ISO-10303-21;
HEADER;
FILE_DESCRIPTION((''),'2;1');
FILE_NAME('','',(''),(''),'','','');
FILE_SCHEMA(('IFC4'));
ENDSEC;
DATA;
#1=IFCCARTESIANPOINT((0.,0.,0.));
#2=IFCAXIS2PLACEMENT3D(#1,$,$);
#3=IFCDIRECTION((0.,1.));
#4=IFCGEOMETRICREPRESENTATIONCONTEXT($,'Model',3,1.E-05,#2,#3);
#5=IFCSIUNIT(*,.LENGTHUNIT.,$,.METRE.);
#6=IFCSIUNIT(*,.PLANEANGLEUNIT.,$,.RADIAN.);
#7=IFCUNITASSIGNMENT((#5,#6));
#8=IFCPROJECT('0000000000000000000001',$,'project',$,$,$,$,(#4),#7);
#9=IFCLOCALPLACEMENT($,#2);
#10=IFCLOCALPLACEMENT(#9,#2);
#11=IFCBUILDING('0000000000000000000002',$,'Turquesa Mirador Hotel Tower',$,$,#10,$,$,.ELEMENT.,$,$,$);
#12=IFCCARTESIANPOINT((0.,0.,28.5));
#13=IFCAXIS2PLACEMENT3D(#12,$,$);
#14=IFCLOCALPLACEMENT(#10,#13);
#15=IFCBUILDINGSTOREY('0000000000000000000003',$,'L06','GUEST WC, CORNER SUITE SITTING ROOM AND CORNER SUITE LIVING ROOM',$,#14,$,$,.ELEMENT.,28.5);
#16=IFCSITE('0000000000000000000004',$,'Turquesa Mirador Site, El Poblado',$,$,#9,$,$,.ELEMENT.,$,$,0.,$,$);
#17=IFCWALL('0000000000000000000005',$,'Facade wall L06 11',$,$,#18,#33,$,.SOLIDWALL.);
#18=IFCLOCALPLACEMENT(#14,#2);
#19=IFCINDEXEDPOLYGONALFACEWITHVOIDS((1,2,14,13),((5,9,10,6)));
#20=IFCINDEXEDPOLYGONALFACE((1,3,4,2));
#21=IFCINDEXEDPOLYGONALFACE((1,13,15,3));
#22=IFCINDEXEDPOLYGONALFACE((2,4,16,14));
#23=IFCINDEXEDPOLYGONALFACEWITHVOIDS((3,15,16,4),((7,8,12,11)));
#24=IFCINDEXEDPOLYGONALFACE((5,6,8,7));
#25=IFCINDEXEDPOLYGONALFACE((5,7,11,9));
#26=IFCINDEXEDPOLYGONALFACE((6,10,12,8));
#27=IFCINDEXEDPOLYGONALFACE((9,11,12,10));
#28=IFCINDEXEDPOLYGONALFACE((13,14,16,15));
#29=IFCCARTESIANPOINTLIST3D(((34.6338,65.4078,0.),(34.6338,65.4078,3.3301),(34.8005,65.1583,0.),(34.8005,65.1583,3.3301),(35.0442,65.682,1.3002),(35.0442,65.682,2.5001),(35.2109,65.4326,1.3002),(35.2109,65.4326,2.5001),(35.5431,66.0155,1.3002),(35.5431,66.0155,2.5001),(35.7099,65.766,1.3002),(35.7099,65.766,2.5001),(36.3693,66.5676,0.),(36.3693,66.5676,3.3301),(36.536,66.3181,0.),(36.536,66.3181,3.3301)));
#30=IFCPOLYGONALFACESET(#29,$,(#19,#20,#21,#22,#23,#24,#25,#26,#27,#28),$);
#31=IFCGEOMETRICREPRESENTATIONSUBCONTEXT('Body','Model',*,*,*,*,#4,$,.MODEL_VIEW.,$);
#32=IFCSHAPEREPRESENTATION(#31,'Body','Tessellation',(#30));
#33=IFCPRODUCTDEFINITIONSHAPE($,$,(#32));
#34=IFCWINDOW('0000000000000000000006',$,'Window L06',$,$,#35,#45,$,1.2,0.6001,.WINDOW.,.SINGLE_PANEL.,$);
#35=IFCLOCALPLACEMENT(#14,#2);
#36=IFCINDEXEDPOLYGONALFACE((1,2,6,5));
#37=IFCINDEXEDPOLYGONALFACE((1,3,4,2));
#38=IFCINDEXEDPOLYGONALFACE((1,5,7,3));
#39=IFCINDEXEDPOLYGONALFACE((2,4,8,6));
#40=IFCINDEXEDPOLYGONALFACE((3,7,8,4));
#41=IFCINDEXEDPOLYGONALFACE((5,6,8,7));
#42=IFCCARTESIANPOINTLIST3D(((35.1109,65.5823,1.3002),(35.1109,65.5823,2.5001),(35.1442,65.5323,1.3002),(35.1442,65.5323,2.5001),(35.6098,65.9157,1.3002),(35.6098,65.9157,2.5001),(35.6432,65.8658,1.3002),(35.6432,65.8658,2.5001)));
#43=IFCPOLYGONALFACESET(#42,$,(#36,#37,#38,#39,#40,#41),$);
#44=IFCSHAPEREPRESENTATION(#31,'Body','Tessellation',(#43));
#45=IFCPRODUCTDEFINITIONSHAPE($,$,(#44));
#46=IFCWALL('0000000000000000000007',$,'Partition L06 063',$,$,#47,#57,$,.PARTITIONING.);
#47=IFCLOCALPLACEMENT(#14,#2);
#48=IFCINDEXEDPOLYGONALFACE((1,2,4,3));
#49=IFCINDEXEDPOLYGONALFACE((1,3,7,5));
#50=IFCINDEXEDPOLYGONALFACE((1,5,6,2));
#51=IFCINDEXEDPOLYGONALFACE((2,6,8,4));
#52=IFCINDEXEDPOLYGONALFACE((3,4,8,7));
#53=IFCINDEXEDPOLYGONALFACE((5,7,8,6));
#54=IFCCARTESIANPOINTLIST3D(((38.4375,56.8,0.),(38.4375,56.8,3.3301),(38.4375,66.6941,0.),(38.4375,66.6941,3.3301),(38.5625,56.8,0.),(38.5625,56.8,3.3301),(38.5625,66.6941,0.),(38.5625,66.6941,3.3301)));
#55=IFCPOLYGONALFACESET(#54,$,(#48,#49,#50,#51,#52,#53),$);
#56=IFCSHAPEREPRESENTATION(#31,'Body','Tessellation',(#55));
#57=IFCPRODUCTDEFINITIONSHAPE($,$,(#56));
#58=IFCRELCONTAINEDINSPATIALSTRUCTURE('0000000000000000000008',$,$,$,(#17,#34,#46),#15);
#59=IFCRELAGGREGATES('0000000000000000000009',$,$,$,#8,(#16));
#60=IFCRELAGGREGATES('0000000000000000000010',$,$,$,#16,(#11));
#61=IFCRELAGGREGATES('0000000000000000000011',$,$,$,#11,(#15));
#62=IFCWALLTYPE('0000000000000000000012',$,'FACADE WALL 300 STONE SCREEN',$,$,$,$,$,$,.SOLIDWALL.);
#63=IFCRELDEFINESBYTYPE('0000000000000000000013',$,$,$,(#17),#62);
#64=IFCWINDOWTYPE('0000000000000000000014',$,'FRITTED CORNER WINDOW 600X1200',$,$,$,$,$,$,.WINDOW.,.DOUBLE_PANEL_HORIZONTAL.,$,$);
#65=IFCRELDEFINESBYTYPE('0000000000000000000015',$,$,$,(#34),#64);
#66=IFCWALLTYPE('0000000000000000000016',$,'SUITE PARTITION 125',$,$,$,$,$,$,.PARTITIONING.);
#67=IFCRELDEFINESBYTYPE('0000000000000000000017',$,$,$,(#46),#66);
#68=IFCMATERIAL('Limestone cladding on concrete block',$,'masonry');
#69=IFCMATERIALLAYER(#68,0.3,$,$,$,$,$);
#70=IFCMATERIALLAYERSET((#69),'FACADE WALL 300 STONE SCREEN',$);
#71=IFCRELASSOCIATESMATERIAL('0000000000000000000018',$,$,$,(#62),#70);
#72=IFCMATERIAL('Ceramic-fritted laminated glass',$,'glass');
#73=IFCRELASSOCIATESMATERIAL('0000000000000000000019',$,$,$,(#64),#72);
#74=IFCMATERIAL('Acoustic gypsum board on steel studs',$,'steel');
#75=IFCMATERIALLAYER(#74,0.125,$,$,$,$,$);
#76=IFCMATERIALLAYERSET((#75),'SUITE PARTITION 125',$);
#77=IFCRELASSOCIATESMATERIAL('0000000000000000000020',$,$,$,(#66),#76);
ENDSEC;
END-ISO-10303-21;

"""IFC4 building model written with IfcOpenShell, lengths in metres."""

from ifc_helpers import new_model, si_unit, direction, frame, frame_2d, origin, place, context, subcontext, project, spatial, rectangle, extrude, material, layer, layer_set, type_object, element, fill, save


model = new_model("IFC4")

# Units and contexts
model_context = context("Model", 3, precision=1e-05, world=origin(), true_north=direction((0.0, 1.0)))
body_context = subcontext(model_context, "Body", "Model", "MODEL_VIEW")
ifc_project = project(units=[si_unit("LENGTHUNIT", "METRE"), si_unit("PLANEANGLEUNIT", "RADIAN")], contexts=[model_context])

# Site, building, storey
site_placement = place(None, origin())
site = spatial("IfcSite", under=ifc_project, at=site_placement, Name="Turquesa Mirador Site, El Poblado", CompositionType="ELEMENT", RefElevation=0.0)
building_placement = place(site_placement, origin())
building = spatial("IfcBuilding", under=site, at=building_placement, Name="Turquesa Mirador Hotel Tower", CompositionType="ELEMENT")
storey_placement = place(building_placement, frame((0.0, 0.0, 28.5)))
storey = spatial("IfcBuildingStorey", under=building, at=storey_placement, Name="L06", Description="GUEST WC, CORNER SUITE SITTING ROOM AND CORNER SUITE LIVING ROOM", CompositionType="ELEMENT", Elevation=28.5)

# Wall, opening, window
ifc_material_1 = material(Name="Limestone cladding on concrete block", Category="masonry")
ifc_layer_1 = layer(ifc_material_1, 0.3)
ifc_layer_set_1 = layer_set([ifc_layer_1], Name="FACADE WALL 300 STONE SCREEN")
wall_type_1 = type_object("IfcWallType", Name="FACADE WALL 300 STONE SCREEN", PredefinedType="SOLIDWALL", material=ifc_layer_set_1)
wall_1_placement = place(storey_placement, frame((36.4526, 66.4429, 0.0), z_axis=(0.0, 0.0, 1.0), x_axis=(-0.83142, -0.555644, 0.0)))
wall_1 = element("IfcWall", 1, at=wall_1_placement, inside=storey, type_object=wall_type_1, Name="Facade wall L06 11", PredefinedType="SOLIDWALL", context=body_context, shape_type="SweptSolid", body=[
    extrude(rectangle(XDim=2.0874, YDim=0.3, at=frame_2d((1.0437, 0.0))), origin(), (0.0, 0.0, 1.0), 3.3301),
])
opening_1_placement = place(wall_1_placement, frame((0.9937, 0.0, 1.3)))
opening_1 = element("IfcOpeningElement", 2, at=opening_1_placement, cuts=wall_1, PredefinedType="OPENING", context=body_context, shape_type="SweptSolid", body=[
    extrude(rectangle(XDim=0.6001, YDim=1.2, at=frame_2d((0.3, 0.6001))), frame((0.0, 0.1599, 0.0), z_axis=(0.0, -1.0, 0.0), x_axis=(1.0, 0.0, 0.0)), (0.0, 0.0, 1.0), 0.3201),
])
ifc_material_2 = material(Name="Ceramic-fritted laminated glass", Category="glass")
window_type_1 = type_object("IfcWindowType", Name="FRITTED CORNER WINDOW 600X1200", PartitioningType="DOUBLE_PANEL_HORIZONTAL", PredefinedType="WINDOW", material=ifc_material_2)
window_1_placement = place(opening_1_placement, origin())
window_1 = element("IfcWindow", 3, at=window_1_placement, inside=storey, type_object=window_type_1, Name="Window L06", OverallHeight=1.2, OverallWidth=0.6001, PartitioningType="SINGLE_PANEL", PredefinedType="WINDOW", context=body_context, shape_type="SweptSolid", body=[
    extrude(rectangle(XDim=0.6001, YDim=1.2, at=frame_2d((0.3, 0.6001))), frame((0.0, 0.03, 0.0), z_axis=(0.0, -1.0, 0.0), x_axis=(1.0, 0.0, 0.0)), (0.0, 0.0, 1.0), 0.0601),
])
fill(opening_1, window_1)

# Wall
ifc_material_3 = material(Name="Acoustic gypsum board on steel studs", Category="steel")
ifc_layer_2 = layer(ifc_material_3, 0.125)
ifc_layer_set_2 = layer_set([ifc_layer_2], Name="SUITE PARTITION 125")
wall_type_2 = type_object("IfcWallType", Name="SUITE PARTITION 125", PredefinedType="PARTITIONING", material=ifc_layer_set_2)
wall_2_placement = place(storey_placement, frame((38.5, 56.8, 0.0), z_axis=(0.0, 0.0, 1.0), x_axis=(0.0, 1.0, 0.0)))
element("IfcWall", 4, at=wall_2_placement, inside=storey, type_object=wall_type_2, Name="Partition L06 063", PredefinedType="PARTITIONING", context=body_context, shape_type="SweptSolid", body=[
    extrude(rectangle(XDim=9.894, YDim=0.125, at=frame_2d((4.947, 0.0))), origin(), (0.0, 0.0, 1.0), 3.3301),
])

save(model, "model.ifc")
